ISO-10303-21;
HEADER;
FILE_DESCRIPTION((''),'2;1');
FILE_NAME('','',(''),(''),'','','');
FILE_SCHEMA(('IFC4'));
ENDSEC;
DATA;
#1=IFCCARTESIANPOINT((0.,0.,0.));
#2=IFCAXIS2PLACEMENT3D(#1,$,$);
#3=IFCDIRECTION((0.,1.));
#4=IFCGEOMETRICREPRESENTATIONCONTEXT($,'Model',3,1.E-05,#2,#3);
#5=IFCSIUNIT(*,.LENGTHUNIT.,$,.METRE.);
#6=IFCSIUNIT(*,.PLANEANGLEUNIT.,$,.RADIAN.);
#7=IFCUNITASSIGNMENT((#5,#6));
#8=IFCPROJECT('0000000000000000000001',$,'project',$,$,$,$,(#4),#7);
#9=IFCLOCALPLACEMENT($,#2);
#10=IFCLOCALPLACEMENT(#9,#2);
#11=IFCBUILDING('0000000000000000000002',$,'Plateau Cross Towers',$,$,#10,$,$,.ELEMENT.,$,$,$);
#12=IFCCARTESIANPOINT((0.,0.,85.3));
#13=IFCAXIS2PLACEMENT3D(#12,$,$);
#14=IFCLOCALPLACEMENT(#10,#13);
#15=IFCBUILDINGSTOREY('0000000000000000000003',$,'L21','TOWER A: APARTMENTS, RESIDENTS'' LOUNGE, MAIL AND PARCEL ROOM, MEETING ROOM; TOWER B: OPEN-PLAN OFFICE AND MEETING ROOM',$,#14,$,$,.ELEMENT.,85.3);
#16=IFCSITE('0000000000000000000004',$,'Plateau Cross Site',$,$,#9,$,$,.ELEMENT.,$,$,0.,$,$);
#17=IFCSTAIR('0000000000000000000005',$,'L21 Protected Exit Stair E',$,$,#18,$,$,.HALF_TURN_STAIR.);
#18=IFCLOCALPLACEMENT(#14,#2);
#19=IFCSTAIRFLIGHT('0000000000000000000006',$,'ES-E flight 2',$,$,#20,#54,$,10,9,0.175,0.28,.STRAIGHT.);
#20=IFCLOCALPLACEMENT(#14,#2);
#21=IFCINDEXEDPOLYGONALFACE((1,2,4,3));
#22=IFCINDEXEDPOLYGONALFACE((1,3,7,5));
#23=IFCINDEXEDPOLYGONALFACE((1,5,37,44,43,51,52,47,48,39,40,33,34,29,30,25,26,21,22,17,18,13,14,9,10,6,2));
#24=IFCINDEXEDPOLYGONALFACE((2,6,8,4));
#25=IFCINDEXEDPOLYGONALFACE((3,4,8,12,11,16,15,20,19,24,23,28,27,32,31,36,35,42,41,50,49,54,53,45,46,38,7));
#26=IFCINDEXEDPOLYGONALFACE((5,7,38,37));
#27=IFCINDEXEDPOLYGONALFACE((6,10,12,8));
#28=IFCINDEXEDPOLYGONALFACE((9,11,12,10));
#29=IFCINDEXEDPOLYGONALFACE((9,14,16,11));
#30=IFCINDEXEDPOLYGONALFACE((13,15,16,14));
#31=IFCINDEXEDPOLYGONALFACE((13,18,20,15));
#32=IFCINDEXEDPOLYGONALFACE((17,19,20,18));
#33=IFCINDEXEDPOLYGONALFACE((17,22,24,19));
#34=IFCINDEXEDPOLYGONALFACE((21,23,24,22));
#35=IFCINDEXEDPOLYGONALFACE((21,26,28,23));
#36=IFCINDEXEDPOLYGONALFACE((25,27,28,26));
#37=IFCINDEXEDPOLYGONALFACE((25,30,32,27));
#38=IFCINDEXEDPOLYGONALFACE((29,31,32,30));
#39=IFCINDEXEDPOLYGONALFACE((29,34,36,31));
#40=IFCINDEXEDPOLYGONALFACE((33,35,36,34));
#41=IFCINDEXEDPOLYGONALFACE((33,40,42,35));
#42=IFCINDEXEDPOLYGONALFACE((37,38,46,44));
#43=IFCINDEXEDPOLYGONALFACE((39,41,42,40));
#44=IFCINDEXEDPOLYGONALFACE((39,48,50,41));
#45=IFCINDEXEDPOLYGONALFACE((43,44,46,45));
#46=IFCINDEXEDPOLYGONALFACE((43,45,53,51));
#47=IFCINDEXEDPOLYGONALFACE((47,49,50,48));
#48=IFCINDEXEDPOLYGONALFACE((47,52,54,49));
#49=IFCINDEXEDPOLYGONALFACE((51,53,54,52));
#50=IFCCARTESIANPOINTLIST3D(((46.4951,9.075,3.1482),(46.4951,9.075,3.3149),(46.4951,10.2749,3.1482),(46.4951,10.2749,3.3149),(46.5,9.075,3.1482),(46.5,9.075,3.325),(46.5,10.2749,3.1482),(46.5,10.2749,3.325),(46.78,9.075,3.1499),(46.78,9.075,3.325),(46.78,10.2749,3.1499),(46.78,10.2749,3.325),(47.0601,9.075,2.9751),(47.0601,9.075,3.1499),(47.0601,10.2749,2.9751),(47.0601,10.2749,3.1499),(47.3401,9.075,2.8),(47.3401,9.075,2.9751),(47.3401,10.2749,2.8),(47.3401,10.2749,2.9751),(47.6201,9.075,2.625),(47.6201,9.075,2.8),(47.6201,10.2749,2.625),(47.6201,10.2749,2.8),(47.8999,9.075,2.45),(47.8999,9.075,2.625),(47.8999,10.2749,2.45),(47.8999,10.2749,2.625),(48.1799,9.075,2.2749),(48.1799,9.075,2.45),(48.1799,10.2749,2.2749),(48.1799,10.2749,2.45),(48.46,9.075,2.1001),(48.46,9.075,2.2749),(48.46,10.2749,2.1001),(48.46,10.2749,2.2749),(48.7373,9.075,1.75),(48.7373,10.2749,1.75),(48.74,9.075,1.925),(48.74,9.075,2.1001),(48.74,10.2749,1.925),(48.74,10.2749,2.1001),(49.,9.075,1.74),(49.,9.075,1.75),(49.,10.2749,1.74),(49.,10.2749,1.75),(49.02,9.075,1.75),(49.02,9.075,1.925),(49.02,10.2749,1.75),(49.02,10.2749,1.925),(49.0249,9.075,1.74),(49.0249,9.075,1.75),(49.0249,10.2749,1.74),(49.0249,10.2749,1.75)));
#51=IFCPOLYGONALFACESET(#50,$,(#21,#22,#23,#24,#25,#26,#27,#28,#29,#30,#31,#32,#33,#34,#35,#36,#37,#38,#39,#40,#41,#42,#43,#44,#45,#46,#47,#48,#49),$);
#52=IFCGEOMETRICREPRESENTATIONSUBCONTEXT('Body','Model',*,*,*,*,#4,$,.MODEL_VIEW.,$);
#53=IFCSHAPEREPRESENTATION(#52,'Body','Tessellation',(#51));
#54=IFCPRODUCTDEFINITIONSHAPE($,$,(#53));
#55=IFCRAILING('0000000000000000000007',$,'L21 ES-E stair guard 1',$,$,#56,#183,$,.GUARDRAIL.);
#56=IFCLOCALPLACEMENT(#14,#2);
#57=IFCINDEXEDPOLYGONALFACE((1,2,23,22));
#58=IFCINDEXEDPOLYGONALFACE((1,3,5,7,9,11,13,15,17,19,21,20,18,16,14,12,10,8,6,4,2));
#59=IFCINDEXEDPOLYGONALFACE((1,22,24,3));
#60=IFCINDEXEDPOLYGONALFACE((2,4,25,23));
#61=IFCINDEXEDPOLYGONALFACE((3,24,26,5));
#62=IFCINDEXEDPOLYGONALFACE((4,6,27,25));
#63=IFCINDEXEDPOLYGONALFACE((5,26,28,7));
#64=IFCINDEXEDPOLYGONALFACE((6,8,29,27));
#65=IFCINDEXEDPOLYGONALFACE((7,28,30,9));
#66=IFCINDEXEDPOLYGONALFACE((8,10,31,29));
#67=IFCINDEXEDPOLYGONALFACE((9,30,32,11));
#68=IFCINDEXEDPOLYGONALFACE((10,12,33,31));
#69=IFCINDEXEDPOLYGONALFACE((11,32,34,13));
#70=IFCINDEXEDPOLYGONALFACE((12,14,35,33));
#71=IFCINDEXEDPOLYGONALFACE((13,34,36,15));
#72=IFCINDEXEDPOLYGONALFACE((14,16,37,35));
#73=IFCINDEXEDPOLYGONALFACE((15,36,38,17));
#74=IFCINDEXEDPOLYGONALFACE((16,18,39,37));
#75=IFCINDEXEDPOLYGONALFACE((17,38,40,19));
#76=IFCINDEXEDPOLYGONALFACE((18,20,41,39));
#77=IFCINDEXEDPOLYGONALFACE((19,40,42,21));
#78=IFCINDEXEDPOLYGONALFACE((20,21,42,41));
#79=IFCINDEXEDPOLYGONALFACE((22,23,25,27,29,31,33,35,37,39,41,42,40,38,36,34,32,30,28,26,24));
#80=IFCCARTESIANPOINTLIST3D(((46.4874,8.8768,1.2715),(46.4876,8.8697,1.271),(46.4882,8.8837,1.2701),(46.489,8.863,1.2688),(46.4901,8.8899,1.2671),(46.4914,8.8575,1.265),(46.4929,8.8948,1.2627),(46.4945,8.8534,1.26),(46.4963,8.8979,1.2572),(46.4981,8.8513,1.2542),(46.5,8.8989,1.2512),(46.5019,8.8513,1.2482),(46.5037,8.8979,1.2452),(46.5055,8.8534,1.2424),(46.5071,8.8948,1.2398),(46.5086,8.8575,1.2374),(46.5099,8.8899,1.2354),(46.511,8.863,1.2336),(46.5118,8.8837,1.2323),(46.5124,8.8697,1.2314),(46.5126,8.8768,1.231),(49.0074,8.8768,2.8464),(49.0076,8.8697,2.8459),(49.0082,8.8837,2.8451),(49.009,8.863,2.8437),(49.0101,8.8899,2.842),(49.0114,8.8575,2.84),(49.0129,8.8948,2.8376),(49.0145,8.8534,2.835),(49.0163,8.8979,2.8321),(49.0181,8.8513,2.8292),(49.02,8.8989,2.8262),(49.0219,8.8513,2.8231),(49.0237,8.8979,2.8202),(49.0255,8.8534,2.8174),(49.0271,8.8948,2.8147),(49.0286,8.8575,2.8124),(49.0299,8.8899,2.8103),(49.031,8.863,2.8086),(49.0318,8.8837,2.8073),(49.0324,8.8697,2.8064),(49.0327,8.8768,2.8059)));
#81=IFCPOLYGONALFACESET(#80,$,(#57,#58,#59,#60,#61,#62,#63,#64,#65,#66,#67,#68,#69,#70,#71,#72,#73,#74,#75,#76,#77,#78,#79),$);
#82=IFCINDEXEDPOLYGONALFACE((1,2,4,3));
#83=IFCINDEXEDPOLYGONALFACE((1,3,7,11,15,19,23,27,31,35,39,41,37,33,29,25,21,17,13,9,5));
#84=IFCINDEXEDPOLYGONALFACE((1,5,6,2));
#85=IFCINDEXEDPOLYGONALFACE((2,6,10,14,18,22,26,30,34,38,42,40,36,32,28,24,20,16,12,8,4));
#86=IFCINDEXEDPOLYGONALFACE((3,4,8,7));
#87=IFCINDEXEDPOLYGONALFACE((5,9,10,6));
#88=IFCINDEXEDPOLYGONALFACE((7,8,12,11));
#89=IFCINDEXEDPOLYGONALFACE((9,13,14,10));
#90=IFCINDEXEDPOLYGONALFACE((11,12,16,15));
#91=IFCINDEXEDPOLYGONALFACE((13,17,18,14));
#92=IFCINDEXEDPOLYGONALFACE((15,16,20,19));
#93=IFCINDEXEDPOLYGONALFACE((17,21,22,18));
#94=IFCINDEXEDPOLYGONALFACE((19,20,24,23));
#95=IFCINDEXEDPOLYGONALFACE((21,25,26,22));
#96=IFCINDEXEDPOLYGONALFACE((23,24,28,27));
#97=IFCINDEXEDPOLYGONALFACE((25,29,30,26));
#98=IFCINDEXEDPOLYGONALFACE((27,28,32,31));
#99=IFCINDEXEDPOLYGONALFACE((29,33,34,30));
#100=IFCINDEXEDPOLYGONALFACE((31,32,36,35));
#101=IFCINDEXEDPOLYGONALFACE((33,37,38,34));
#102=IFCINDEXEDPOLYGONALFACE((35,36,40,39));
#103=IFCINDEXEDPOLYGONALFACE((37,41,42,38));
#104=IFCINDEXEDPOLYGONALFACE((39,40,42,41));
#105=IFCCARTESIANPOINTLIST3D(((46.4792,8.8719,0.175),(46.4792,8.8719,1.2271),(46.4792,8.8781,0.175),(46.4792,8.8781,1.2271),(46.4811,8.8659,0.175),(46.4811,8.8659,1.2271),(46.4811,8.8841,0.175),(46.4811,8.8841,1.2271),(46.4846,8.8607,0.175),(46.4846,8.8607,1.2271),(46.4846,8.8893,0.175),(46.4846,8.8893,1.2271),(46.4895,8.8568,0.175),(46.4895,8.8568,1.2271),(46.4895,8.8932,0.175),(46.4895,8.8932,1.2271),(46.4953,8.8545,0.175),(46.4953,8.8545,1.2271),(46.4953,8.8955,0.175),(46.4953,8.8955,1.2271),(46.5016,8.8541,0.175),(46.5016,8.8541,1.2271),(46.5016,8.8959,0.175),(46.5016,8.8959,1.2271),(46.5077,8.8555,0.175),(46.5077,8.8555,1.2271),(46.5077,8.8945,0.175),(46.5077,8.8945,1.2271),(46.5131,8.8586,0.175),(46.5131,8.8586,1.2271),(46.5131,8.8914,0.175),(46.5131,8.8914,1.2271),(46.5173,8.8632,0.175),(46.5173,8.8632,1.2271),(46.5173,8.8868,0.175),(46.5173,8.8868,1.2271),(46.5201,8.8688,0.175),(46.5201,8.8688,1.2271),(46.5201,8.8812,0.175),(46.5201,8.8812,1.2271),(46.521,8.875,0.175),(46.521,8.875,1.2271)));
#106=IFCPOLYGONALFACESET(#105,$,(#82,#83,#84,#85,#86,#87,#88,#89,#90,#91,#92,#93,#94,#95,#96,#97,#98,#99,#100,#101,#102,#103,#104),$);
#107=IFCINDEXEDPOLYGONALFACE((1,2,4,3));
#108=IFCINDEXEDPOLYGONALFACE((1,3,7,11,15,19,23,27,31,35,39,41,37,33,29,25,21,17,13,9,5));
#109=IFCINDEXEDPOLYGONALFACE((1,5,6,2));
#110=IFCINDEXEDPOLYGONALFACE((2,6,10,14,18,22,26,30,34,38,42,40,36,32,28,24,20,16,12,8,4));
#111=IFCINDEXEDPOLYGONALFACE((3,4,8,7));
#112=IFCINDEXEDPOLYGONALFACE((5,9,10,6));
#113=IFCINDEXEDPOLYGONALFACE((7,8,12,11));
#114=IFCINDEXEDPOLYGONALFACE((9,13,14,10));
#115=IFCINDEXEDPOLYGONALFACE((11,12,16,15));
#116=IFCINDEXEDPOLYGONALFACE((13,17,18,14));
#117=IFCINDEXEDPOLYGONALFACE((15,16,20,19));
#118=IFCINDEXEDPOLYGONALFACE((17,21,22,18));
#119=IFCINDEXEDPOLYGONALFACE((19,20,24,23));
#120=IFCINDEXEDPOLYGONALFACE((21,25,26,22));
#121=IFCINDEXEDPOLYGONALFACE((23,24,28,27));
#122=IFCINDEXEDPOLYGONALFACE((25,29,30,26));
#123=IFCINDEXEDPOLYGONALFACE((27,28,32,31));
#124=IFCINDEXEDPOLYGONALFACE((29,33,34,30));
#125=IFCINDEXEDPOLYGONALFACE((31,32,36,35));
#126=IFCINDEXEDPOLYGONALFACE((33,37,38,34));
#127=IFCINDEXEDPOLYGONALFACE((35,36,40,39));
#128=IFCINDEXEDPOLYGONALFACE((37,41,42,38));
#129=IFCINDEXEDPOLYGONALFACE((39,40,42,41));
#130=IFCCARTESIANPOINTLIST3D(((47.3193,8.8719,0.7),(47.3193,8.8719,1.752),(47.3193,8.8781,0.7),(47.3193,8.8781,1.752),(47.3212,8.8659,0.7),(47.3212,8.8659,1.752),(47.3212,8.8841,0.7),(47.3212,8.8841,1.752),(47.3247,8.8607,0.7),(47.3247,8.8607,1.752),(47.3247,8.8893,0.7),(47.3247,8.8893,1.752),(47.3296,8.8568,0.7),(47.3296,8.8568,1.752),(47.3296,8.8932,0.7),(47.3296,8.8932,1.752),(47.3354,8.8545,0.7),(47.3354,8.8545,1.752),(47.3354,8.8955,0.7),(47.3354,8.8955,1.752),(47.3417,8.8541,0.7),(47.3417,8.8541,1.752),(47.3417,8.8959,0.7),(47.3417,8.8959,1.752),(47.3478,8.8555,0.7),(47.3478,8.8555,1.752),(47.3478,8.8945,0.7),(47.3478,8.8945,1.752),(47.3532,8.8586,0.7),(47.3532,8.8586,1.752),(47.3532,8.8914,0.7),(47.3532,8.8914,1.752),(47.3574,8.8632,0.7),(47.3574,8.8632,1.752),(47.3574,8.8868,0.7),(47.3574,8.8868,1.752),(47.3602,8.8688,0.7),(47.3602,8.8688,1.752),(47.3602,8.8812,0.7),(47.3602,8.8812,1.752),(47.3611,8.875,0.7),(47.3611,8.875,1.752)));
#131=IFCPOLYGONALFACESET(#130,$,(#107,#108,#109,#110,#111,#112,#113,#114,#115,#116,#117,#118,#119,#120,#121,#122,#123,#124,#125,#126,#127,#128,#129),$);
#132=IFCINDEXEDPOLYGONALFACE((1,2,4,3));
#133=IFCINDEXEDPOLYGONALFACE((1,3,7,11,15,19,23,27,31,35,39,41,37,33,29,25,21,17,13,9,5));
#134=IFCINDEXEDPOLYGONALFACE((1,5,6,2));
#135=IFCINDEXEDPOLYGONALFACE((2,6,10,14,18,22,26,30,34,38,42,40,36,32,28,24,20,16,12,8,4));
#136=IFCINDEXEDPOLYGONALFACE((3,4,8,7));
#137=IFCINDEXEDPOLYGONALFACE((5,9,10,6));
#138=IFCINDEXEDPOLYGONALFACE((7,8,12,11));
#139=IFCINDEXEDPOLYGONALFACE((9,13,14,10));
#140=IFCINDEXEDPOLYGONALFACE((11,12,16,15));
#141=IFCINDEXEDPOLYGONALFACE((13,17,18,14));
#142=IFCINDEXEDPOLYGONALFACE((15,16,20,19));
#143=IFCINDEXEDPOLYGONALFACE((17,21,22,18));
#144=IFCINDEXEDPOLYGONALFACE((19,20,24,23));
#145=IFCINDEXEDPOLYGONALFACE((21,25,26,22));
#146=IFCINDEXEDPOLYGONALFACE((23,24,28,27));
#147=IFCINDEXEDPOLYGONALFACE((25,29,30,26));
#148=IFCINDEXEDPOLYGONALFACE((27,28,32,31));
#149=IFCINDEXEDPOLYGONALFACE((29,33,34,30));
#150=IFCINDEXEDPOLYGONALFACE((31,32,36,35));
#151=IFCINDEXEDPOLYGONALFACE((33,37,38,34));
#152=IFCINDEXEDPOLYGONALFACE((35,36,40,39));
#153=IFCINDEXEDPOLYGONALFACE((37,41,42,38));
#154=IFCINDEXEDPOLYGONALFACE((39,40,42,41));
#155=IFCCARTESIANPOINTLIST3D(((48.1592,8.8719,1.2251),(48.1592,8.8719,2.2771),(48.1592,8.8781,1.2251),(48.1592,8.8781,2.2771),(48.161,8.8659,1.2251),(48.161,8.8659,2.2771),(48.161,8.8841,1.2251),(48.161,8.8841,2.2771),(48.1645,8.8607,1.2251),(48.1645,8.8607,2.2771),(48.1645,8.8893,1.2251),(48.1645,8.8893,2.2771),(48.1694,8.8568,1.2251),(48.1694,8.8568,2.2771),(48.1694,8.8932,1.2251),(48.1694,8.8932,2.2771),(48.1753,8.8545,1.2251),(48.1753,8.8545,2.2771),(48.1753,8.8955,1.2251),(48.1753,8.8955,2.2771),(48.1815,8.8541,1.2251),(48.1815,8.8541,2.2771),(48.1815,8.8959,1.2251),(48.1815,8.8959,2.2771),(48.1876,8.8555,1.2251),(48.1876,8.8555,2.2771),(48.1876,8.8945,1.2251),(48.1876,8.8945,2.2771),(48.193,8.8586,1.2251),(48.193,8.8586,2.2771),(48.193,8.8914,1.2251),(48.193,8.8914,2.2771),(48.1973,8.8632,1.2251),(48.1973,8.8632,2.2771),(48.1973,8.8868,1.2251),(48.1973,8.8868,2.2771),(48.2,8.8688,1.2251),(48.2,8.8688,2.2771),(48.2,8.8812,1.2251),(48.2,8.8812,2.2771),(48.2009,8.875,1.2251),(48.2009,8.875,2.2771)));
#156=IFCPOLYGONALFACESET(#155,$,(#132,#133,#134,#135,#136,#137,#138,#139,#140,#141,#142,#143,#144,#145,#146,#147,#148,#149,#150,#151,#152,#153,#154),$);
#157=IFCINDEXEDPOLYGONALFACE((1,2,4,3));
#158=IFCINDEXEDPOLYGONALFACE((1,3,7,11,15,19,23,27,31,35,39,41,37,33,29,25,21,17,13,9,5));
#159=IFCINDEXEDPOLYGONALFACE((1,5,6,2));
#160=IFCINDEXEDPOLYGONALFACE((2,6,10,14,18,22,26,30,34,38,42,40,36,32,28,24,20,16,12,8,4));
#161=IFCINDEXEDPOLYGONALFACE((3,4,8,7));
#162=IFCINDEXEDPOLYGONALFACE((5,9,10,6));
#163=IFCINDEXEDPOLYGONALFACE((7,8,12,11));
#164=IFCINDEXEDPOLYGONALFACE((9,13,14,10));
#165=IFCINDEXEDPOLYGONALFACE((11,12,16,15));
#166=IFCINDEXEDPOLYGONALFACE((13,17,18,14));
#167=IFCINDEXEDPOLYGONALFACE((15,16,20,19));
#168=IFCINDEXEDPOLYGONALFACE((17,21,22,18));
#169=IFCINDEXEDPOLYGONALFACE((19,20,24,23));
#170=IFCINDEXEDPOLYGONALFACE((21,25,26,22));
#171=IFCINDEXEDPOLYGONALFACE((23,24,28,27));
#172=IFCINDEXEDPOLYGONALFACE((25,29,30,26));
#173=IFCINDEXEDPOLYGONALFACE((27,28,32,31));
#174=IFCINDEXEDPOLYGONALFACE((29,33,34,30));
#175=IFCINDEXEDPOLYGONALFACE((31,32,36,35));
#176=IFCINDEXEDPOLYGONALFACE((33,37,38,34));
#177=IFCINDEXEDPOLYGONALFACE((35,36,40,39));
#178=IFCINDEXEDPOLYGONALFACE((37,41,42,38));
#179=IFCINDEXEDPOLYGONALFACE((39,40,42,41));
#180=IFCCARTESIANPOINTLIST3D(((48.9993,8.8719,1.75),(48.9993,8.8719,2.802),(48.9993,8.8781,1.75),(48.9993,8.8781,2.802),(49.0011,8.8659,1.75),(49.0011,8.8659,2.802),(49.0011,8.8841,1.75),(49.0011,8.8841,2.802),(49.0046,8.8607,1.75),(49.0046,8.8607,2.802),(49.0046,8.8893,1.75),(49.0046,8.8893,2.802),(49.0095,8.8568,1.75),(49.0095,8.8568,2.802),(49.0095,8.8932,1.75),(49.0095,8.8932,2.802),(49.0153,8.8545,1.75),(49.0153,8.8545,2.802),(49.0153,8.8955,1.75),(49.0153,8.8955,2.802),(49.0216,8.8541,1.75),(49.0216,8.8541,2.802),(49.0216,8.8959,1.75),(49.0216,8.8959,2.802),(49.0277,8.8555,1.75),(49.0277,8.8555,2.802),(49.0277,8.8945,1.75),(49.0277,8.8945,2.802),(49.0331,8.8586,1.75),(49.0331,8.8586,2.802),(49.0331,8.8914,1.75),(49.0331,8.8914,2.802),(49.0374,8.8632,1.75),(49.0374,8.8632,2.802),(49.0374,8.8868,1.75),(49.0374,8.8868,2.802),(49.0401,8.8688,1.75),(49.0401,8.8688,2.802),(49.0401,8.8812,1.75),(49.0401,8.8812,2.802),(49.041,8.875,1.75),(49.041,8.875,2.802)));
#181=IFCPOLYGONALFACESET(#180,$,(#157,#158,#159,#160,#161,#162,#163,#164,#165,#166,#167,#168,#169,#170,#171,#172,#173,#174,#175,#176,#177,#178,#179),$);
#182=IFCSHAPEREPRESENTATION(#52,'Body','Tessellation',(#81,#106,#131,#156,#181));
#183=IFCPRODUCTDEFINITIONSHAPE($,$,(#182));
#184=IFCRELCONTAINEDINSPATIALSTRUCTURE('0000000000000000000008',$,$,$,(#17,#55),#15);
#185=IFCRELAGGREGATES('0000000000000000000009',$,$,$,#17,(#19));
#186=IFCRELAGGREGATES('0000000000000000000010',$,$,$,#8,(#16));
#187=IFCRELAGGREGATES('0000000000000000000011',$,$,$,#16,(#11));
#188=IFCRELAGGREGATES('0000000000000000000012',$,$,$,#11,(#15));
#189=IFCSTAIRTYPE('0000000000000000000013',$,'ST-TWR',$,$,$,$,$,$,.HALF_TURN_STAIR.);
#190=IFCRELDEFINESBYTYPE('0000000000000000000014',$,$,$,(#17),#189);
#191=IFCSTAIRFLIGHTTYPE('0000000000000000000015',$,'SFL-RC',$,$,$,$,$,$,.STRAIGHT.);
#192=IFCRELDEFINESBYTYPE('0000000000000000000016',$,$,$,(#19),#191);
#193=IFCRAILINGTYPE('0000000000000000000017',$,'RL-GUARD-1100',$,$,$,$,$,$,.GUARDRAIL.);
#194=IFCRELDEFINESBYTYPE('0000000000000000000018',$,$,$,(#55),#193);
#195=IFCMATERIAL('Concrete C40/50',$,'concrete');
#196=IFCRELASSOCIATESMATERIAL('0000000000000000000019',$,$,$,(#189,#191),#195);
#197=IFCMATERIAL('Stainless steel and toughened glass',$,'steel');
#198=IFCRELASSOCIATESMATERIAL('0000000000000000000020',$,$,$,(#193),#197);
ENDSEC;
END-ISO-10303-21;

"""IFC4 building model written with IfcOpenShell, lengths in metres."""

from ifc_helpers import new_model, si_unit, direction, frame, origin, origin_2d, place, context, subcontext, project, spatial, polyline, circle, outline, extrude, material, type_object, element, aggregate, save


model = new_model("IFC4")

# Units and contexts
model_context = context("Model", 3, precision=1e-05, world=origin(), true_north=direction((0.0, 1.0)))
body_context = subcontext(model_context, "Body", "Model", "MODEL_VIEW")
ifc_project = project(units=[si_unit("LENGTHUNIT", "METRE"), si_unit("PLANEANGLEUNIT", "RADIAN")], contexts=[model_context])

# Site, building, storey
site_placement = place(None, origin())
site = spatial("IfcSite", under=ifc_project, at=site_placement, Name="Plateau Cross Site", CompositionType="ELEMENT", RefElevation=0.0)
building_placement = place(site_placement, origin())
building = spatial("IfcBuilding", under=site, at=building_placement, Name="Plateau Cross Towers", CompositionType="ELEMENT")
storey_placement = place(building_placement, frame((0.0, 0.0, 85.3)))
storey = spatial("IfcBuildingStorey", under=building, at=storey_placement, Name="L21", Description="TOWER A: APARTMENTS, RESIDENTS' LOUNGE, MAIL AND PARCEL ROOM, MEETING ROOM; TOWER B: OPEN-PLAN OFFICE AND MEETING ROOM", CompositionType="ELEMENT", Elevation=85.3)

# Stair, stair flight
ifc_material_1 = material(Name="Concrete C40/50", Category="concrete")
stair_type = type_object("IfcStairType", Name="ST-TWR", PredefinedType="HALF_TURN_STAIR", material=ifc_material_1)
stair_placement = place(storey_placement, origin())
stair = element("IfcStair", 1, at=stair_placement, inside=storey, type_object=stair_type, Name="L21 Protected Exit Stair E", PredefinedType="HALF_TURN_STAIR")
stair_flight_type = type_object("IfcStairFlightType", Name="SFL-RC", PredefinedType="STRAIGHT", material=ifc_material_1)
stair_flight_placement = place(storey_placement, frame((49.02, 9.675, 1.75), z_axis=(0.0, 0.0, 1.0), x_axis=(-1.0, 0.0, 0.0)))
stair_flight = element("IfcStairFlight", 2, at=stair_flight_placement, type_object=stair_flight_type, Name="ES-E flight 2", NumberOfRisers=10, NumberOfTreads=9, PredefinedType="STRAIGHT", RiserHeight=0.175, TreadLength=0.28, context=body_context, shape_type="SweptSolid", body=[
    extrude(outline(polyline([(-0.0049, -0.01), (-0.0049, 0.0), (0.0, 0.0), (0.0, 0.175), (0.28, 0.175), (0.28, 0.3501), (0.5601, 0.3501), (0.5601, 0.5249), (0.8401, 0.5249), (0.8401, 0.7), (1.1201, 0.7), (1.1201, 0.875), (1.3999, 0.875), (1.3999, 1.05), (1.6799, 1.05), (1.6799, 1.2251), (1.96, 1.2251), (1.96, 1.3999), (2.24, 1.3999), (2.24, 1.575), (2.52, 1.575), (2.5249, 1.5649), (2.5249, 1.3982), (2.52, 1.3982), (0.2827, 0.0), (0.02, 0.0), (0.02, -0.01), (-0.0049, -0.01)])), frame((0.0, 0.6001, 0.0), z_axis=(0.0, -1.0, 0.0), x_axis=(1.0, 0.0, 0.0)), (0.0, 0.0, 1.0), 1.2),
])
aggregate(stair, [stair_flight])

# Railing
ifc_material_2 = material(Name="Stainless steel and toughened glass", Category="steel")
railing_type_1 = type_object("IfcRailingType", Name="RL-GUARD-1100", PredefinedType="GUARDRAIL", material=ifc_material_2)
railing_1_placement = place(storey_placement, frame((46.5, 8.875, 0.175)))
element("IfcRailing", 3, at=railing_1_placement, inside=storey, type_object=railing_type_1, Name="L21 ES-E stair guard 1", PredefinedType="GUARDRAIL", context=body_context, shape_type="SweptSolid", body=[
    extrude(circle(Radius=0.0239, at=origin_2d()), frame((0.0, 0.0, 1.0762), z_axis=(0.848008, 0.0, 0.529984), x_axis=(0.0, 1.0, 0.0)), (0.0, 0.0, 1.0), 2.9717),
    extrude(circle(Radius=0.021, at=origin_2d()), origin(), (0.0, 0.0, 1.0), 1.052),
    extrude(circle(Radius=0.021, at=origin_2d()), frame((0.8401, 0.0, 0.5249)), (0.0, 0.0, 1.0), 1.052),
    extrude(circle(Radius=0.021, at=origin_2d()), frame((1.6799, 0.0, 1.05)), (0.0, 0.0, 1.0), 1.052),
    extrude(circle(Radius=0.021, at=origin_2d()), frame((2.52, 0.0, 1.575)), (0.0, 0.0, 1.0), 1.052),
])

save(model, "model.ifc")
